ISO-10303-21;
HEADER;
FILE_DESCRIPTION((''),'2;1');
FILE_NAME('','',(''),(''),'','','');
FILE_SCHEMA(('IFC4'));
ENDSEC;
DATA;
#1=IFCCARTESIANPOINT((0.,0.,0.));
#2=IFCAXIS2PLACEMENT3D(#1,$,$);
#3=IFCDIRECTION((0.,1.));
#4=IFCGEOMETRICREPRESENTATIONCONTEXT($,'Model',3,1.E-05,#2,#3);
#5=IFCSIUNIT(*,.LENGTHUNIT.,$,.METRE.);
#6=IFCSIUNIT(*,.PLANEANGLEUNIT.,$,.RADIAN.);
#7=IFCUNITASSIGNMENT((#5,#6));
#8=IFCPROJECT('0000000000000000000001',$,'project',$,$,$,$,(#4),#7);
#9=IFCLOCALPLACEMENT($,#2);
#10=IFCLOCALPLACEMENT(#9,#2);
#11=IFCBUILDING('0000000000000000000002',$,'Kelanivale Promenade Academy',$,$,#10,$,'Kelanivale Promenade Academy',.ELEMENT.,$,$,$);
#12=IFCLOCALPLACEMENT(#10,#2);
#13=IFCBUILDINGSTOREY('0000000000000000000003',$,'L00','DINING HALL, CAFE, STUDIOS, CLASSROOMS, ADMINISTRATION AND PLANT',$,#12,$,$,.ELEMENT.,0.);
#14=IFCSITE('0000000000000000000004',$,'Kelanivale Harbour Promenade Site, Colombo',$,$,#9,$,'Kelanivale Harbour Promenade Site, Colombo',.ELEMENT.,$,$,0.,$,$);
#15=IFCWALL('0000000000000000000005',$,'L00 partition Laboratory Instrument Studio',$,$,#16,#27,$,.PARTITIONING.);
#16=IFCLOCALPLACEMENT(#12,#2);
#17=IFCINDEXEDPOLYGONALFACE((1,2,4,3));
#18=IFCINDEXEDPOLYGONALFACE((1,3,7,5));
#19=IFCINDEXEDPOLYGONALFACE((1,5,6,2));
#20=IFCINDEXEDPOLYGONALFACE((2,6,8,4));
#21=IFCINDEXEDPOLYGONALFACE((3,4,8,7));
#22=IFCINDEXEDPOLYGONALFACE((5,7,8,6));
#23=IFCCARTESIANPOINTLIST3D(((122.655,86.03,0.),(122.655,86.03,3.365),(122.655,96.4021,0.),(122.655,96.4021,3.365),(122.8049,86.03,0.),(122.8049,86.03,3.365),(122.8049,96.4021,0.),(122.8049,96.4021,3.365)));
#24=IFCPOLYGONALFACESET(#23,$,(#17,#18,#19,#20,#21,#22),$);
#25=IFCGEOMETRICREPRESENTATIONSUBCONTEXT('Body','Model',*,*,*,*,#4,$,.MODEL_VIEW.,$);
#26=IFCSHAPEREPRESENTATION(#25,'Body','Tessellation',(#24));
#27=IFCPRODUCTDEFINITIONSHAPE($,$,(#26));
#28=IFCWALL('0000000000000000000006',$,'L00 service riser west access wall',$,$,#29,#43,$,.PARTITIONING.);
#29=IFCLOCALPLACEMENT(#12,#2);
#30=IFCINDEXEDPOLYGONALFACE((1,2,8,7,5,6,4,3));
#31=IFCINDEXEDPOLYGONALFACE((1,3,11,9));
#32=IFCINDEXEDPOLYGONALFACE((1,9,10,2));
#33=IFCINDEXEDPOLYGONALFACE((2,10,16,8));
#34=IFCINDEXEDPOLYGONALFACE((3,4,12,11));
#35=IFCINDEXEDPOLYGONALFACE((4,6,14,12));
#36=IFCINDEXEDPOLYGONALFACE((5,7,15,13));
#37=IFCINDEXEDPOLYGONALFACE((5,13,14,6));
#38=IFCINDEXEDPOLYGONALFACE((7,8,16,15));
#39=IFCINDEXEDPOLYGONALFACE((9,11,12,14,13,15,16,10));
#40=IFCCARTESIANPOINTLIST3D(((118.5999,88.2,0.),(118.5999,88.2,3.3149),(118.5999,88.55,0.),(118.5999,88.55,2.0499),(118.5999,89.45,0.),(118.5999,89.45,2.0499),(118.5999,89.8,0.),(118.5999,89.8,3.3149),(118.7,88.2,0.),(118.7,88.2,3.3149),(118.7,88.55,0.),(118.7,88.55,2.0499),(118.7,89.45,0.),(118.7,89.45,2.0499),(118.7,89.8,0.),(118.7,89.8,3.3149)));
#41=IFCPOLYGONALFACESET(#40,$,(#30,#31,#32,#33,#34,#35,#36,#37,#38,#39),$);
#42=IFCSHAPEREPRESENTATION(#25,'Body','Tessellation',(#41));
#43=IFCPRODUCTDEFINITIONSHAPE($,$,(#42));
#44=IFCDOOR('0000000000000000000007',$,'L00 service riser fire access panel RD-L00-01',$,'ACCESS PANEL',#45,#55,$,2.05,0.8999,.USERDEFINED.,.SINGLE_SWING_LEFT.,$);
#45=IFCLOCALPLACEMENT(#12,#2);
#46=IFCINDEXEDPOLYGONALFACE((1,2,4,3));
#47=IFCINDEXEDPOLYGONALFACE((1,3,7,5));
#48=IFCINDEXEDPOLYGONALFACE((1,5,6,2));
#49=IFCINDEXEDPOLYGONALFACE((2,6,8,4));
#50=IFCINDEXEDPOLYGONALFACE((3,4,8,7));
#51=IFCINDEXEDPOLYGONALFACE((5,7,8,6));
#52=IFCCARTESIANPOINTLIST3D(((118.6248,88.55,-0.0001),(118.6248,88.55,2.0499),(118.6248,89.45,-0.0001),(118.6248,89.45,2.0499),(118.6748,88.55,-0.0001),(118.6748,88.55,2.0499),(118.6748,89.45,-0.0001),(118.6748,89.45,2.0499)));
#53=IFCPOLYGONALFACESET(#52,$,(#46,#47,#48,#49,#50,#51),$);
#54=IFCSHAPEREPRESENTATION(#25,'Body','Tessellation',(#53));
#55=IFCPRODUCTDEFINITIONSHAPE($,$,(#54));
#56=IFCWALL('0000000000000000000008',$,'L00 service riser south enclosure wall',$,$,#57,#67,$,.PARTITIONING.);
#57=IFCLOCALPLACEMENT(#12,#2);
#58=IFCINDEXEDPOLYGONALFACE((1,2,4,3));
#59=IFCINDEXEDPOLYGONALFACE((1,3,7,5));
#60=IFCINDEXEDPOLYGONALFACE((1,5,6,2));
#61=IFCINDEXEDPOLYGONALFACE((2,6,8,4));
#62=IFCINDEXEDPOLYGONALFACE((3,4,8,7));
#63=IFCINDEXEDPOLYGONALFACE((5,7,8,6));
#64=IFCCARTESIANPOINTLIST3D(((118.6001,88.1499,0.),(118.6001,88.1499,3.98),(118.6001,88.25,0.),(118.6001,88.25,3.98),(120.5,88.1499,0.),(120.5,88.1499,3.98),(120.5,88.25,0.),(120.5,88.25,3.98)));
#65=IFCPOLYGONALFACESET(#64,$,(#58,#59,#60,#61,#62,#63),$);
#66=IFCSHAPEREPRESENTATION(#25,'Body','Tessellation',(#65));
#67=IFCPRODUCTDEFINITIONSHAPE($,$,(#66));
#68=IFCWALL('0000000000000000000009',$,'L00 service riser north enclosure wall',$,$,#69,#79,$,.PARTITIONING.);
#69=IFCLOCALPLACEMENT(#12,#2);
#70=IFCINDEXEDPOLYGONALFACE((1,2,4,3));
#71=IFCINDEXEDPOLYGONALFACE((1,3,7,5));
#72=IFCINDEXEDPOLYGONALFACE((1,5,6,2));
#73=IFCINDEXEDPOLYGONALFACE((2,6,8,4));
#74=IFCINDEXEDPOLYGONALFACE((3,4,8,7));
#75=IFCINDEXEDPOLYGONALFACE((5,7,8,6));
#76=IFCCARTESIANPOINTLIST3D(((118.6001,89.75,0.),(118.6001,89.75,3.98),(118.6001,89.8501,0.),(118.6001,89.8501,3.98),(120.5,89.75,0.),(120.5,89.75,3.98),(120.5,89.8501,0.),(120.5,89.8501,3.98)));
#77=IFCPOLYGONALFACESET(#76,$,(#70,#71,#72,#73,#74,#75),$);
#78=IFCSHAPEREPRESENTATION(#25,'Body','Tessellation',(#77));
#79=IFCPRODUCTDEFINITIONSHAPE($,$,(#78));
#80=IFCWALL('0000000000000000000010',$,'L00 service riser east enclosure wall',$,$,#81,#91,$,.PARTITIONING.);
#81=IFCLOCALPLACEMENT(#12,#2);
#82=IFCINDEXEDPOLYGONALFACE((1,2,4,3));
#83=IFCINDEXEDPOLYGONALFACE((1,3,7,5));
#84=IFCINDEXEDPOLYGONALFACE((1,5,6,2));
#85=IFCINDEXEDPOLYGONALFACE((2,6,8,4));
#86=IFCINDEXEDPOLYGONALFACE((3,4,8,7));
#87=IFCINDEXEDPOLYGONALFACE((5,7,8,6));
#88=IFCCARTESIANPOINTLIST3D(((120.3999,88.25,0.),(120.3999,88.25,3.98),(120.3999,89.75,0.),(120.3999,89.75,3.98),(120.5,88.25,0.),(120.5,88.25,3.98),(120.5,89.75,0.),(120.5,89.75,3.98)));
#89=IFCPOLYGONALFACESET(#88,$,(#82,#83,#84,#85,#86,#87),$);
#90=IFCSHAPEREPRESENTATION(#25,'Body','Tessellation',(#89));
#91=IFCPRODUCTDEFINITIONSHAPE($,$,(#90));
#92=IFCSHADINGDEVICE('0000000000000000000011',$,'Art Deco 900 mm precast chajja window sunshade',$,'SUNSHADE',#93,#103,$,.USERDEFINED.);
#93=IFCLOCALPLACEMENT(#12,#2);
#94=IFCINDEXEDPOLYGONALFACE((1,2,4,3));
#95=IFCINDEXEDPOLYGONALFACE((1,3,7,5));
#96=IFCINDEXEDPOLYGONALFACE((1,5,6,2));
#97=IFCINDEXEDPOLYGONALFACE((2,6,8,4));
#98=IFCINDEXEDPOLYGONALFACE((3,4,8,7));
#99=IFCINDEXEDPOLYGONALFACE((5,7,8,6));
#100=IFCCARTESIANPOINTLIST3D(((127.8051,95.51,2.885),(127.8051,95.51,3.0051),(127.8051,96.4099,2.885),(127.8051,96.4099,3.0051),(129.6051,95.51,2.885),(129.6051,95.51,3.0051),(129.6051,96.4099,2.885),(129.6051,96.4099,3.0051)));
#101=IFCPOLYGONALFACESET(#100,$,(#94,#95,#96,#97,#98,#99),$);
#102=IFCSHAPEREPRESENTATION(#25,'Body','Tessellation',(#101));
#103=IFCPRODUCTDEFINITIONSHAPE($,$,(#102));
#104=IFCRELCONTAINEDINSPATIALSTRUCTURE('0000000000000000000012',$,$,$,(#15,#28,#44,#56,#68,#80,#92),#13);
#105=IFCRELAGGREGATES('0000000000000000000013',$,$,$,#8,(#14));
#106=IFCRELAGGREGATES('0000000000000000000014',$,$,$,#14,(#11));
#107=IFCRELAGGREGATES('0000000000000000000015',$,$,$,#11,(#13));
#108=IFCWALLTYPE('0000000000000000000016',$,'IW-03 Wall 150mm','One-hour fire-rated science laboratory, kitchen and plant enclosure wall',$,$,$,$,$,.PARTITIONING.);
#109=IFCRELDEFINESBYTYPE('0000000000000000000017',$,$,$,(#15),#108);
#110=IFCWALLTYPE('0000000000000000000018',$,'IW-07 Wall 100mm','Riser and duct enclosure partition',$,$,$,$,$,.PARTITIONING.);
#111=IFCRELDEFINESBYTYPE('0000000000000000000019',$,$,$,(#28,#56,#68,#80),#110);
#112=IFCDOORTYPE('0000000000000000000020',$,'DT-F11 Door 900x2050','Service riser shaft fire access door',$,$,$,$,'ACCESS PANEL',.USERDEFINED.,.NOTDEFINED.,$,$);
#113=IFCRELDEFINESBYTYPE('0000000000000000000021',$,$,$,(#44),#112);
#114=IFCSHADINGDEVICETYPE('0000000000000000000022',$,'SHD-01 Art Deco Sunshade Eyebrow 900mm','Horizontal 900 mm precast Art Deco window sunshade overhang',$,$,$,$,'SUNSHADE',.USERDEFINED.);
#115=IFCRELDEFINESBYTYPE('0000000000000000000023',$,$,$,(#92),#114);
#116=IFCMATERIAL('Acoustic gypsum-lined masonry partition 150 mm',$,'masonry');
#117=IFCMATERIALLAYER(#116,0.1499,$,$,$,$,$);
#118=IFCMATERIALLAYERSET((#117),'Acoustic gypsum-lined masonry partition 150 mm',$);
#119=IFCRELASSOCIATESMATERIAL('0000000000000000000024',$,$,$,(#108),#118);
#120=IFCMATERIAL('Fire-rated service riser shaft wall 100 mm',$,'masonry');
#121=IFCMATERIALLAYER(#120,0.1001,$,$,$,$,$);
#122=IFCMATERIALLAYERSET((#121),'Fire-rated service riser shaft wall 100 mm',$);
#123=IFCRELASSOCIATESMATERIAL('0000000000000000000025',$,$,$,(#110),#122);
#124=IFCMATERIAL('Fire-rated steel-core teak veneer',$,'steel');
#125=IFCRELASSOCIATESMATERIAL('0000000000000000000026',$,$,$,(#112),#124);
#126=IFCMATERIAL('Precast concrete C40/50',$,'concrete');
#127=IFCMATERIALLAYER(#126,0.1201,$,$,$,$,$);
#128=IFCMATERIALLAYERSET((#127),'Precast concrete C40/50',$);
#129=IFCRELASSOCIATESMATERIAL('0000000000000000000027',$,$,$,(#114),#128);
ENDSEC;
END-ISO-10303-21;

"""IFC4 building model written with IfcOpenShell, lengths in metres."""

from ifc_helpers import new_model, si_unit, direction, frame, frame_2d, origin, origin_2d, place, context, subcontext, project, spatial, rectangle, extrude, material, layer, layer_set, type_object, element, fill, save


model = new_model("IFC4")

# Units and contexts
model_context = context("Model", 3, precision=1e-05, world=origin(), true_north=direction((0.0, 1.0)))
body_context = subcontext(model_context, "Body", "Model", "MODEL_VIEW")
ifc_project = project(units=[si_unit("LENGTHUNIT", "METRE"), si_unit("PLANEANGLEUNIT", "RADIAN")], contexts=[model_context])

# Site, building, storey
site_placement = place(None, origin())
site = spatial("IfcSite", under=ifc_project, at=site_placement, Name="Kelanivale Harbour Promenade Site, Colombo", LongName="Kelanivale Harbour Promenade Site, Colombo", CompositionType="ELEMENT", RefElevation=0.0)
building_placement = place(site_placement, origin())
building = spatial("IfcBuilding", under=site, at=building_placement, Name="Kelanivale Promenade Academy", LongName="Kelanivale Promenade Academy", CompositionType="ELEMENT")
storey_placement = place(building_placement, origin())
storey = spatial("IfcBuildingStorey", under=building, at=storey_placement, Name="L00", Description="DINING HALL, CAFE, STUDIOS, CLASSROOMS, ADMINISTRATION AND PLANT", CompositionType="ELEMENT", Elevation=0.0)

# Shared definitions
ifc_material_1 = material(Name="Acoustic gypsum-lined masonry partition 150 mm", Category="masonry")
ifc_layer_1 = layer(ifc_material_1, 0.1499)
ifc_layer_set_1 = layer_set([ifc_layer_1], Name="Acoustic gypsum-lined masonry partition 150 mm")
wall_type_1 = type_object("IfcWallType", Name="IW-03 Wall 150mm", Description="One-hour fire-rated science laboratory, kitchen and plant enclosure wall", PredefinedType="PARTITIONING", material=ifc_layer_set_1)

# Shared definitions
ifc_material_2 = material(Name="Fire-rated steel-core teak veneer", Category="steel")

# Wall
wall_1_placement = place(storey_placement, frame((122.73, 86.03, 0.0), z_axis=(0.0, 0.0, 1.0), x_axis=(0.0, 1.0, 0.0)))
element("IfcWall", 1, at=wall_1_placement, inside=storey, type_object=wall_type_1, Name="L00 partition Laboratory Instrument Studio", PredefinedType="PARTITIONING", context=body_context, shape_type="SweptSolid", body=[
    extrude(rectangle(XDim=10.3721, YDim=0.1499, at=frame_2d((5.186, 0.0))), origin(), (0.0, 0.0, 1.0), 3.365),
])

# Wall, opening, door
ifc_material_3 = material(Name="Fire-rated service riser shaft wall 100 mm", Category="masonry")
ifc_layer_2 = layer(ifc_material_3, 0.1001)
ifc_layer_set_2 = layer_set([ifc_layer_2], Name="Fire-rated service riser shaft wall 100 mm")
wall_type_2 = type_object("IfcWallType", Name="IW-07 Wall 100mm", Description="Riser and duct enclosure partition", PredefinedType="PARTITIONING", material=ifc_layer_set_2)
wall_2_placement = place(storey_placement, frame((118.6499, 88.2, 0.0), z_axis=(0.0, 0.0, 1.0), x_axis=(0.0, 1.0, 0.0)))
wall_2 = element("IfcWall", 2, at=wall_2_placement, inside=storey, type_object=wall_type_2, Name="L00 service riser west access wall", PredefinedType="PARTITIONING", context=body_context, shape_type="SweptSolid", body=[
    extrude(rectangle(XDim=1.6001, YDim=0.1001, at=frame_2d((0.8, 0.0))), origin(), (0.0, 0.0, 1.0), 3.3149),
])
opening_1_placement = place(wall_2_placement, frame((0.3501, 0.0, 0.0)))
opening_1 = element("IfcOpeningElement", 3, at=opening_1_placement, cuts=wall_2, PredefinedType="OPENING", context=body_context, shape_type="SweptSolid", body=[
    extrude(rectangle(XDim=0.8999, YDim=2.05, at=frame_2d((0.45, 1.0249))), frame((0.0, 0.0601, 0.0), z_axis=(0.0, -1.0, 0.0), x_axis=(1.0, 0.0, 0.0)), (0.0, 0.0, 1.0), 0.1201),
])
door_type_1 = type_object("IfcDoorType", Name="DT-F11 Door 900x2050", Description="Service riser shaft fire access door", ElementType="ACCESS PANEL", OperationType="NOTDEFINED", PredefinedType="USERDEFINED", material=ifc_material_2)
door_1_placement = place(opening_1_placement, frame((0.8999, 0.0, 0.0), z_axis=(0.0, 0.0, 1.0), x_axis=(-1.0, 0.0, 0.0)))
door_1 = element("IfcDoor", 4, at=door_1_placement, inside=storey, type_object=door_type_1, Name="L00 service riser fire access panel RD-L00-01", ObjectType="ACCESS PANEL", OperationType="SINGLE_SWING_LEFT", OverallHeight=2.05, OverallWidth=0.8999, PredefinedType="USERDEFINED", context=body_context, shape_type="SweptSolid", body=[
    extrude(rectangle(XDim=0.8999, YDim=2.05, at=frame_2d((0.45, 1.0249))), frame((0.0, 0.0249, 0.0), z_axis=(0.0, -1.0, 0.0), x_axis=(1.0, 0.0, 0.0)), (0.0, 0.0, 1.0), 0.05),
])
fill(opening_1, door_1)

# Walls
for number, where, z_axis, x_axis, name in (
    (5, (118.6001, 88.2, 0.0), (0.0, 0.0, 1.0), (1.0, 0.0, 0.0), "L00 service riser south enclosure wall"),
    (6, (118.6001, 89.8, 0.0), (0.0, 0.0, 1.0), (1.0, 0.0, 0.0), "L00 service riser north enclosure wall"),
):
    element("IfcWall", number, at=place(storey_placement, frame(where, z_axis=z_axis, x_axis=x_axis)), inside=storey, type_object=wall_type_2, Name=name, PredefinedType="PARTITIONING", context=body_context, shape_type="SweptSolid", body=[
        extrude(rectangle(XDim=1.8999, YDim=0.1001, at=frame_2d((0.95, 0.0))), origin(), (0.0, 0.0, 1.0), 3.98),
    ])
wall_3_placement = place(storey_placement, frame((120.45, 88.25, 0.0), z_axis=(0.0, 0.0, 1.0), x_axis=(0.0, 1.0, 0.0)))
element("IfcWall", 7, at=wall_3_placement, inside=storey, type_object=wall_type_2, Name="L00 service riser east enclosure wall", PredefinedType="PARTITIONING", context=body_context, shape_type="SweptSolid", body=[
    extrude(rectangle(XDim=1.5, YDim=0.1001, at=frame_2d((0.75, 0.0))), origin(), (0.0, 0.0, 1.0), 3.98),
])

# Shading device
ifc_material_4 = material(Name="Precast concrete C40/50", Category="concrete")
ifc_layer_3 = layer(ifc_material_4, 0.1201)
ifc_layer_set_3 = layer_set([ifc_layer_3], Name="Precast concrete C40/50")
shading_device_type = type_object("IfcShadingDeviceType", Name="SHD-01 Art Deco Sunshade Eyebrow 900mm", Description="Horizontal 900 mm precast Art Deco window sunshade overhang", ElementType="SUNSHADE", PredefinedType="USERDEFINED", material=ifc_layer_set_3)
shading_device_placement = place(storey_placement, frame((128.7051, 95.96, 2.885), z_axis=(0.0, 0.0, 1.0), x_axis=(1.0, 0.0, 0.0)))
element("IfcShadingDevice", 8, at=shading_device_placement, inside=storey, type_object=shading_device_type, Name="Art Deco 900 mm precast chajja window sunshade", ObjectType="SUNSHADE", PredefinedType="USERDEFINED", context=body_context, shape_type="SweptSolid", body=[
    extrude(rectangle(XDim=1.8, YDim=0.8999, at=origin_2d()), origin(), (0.0, 0.0, 1.0), 0.1201),
])

save(model, "model.ifc")
